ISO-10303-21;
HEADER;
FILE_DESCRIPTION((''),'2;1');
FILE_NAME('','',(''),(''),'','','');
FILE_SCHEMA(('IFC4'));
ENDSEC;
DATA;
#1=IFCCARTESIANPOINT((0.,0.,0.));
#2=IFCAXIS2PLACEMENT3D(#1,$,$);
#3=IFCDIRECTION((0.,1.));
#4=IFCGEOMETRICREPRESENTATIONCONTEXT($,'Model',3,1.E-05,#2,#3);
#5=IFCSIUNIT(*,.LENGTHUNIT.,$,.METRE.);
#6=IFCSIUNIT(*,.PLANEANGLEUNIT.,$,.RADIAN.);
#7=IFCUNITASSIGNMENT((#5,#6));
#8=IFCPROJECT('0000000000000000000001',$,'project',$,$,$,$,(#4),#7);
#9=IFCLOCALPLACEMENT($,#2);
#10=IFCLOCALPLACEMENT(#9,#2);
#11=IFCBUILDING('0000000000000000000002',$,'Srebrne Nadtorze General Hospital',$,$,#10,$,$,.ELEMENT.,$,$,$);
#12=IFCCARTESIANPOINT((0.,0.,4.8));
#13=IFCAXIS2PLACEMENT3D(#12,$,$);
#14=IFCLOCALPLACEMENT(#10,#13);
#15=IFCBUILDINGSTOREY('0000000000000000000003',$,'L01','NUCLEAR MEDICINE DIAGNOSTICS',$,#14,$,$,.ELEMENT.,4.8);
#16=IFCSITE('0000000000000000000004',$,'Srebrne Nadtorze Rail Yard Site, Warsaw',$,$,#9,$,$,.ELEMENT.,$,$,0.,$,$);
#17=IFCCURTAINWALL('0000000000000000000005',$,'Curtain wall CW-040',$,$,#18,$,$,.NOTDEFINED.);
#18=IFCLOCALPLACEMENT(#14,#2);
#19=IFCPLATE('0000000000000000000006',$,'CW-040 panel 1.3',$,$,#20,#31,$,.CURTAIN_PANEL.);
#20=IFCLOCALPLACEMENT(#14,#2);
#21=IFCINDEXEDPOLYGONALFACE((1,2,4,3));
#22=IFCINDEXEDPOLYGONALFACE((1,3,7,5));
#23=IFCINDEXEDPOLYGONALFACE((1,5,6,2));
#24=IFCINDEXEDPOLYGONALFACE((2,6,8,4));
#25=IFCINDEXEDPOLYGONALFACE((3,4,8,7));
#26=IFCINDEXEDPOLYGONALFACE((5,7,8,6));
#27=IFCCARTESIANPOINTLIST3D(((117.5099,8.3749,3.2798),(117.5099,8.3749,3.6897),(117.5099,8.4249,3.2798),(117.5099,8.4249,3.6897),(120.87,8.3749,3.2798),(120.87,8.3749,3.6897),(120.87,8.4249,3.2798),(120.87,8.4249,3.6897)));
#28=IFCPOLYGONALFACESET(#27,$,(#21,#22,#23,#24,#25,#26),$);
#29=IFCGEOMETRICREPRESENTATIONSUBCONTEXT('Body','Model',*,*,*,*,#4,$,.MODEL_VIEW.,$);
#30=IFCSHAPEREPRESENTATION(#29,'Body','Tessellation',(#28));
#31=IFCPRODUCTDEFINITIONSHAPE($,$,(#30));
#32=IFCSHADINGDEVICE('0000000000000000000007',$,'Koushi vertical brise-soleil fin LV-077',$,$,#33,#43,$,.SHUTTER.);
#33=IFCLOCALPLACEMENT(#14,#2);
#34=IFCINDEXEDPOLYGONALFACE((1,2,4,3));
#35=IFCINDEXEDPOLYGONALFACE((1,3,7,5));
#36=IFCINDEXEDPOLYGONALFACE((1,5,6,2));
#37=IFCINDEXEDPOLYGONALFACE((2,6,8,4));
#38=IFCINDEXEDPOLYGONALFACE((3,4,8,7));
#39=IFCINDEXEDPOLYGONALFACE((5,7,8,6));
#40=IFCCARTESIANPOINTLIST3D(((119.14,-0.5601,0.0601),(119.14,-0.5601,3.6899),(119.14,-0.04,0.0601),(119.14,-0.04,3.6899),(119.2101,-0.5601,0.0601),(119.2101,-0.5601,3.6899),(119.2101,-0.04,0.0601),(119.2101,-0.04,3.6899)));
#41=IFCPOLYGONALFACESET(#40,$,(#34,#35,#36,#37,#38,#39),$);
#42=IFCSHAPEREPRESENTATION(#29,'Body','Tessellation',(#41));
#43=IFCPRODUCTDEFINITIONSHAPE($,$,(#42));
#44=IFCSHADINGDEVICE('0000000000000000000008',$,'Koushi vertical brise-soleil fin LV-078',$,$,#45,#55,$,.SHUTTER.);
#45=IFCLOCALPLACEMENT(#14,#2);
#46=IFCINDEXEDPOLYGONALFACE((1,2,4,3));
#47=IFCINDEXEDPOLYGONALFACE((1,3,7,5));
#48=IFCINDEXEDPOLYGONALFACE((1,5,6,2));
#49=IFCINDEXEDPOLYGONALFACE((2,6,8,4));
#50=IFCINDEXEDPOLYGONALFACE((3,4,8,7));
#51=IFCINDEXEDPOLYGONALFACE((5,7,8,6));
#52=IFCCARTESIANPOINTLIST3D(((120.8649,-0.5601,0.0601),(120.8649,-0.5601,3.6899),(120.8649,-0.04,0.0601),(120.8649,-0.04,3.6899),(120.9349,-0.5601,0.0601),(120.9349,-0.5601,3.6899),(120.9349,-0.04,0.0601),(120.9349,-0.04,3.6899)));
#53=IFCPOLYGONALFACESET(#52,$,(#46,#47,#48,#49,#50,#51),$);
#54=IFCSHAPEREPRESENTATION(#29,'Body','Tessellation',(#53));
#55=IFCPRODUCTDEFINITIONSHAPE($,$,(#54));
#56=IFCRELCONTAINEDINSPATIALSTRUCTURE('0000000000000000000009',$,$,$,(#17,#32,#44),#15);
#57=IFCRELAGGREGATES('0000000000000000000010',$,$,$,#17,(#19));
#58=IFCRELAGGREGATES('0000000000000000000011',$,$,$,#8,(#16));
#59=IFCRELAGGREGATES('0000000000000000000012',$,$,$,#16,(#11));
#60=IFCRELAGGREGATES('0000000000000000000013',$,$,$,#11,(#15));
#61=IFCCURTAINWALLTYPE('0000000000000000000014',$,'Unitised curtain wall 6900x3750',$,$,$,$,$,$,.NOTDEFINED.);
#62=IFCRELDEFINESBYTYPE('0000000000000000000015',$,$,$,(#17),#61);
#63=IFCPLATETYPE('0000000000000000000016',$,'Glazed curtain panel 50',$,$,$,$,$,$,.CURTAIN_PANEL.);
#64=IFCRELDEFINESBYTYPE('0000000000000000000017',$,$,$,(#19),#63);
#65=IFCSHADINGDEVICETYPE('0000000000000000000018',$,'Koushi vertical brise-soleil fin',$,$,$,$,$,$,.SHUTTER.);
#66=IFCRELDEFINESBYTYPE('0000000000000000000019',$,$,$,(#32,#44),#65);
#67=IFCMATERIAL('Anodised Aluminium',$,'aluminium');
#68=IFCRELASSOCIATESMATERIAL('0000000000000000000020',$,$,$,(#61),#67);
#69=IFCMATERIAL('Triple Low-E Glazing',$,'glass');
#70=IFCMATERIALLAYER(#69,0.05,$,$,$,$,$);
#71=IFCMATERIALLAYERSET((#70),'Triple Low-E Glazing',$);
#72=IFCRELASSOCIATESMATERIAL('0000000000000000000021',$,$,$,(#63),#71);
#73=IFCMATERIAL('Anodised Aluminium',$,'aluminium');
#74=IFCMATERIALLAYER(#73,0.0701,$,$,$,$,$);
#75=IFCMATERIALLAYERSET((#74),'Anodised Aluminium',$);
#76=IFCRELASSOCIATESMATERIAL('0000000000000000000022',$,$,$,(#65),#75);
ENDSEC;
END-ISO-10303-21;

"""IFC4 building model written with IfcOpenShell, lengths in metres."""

from ifc_helpers import new_model, si_unit, direction, frame, origin, origin_2d, place, context, subcontext, project, spatial, rectangle, extrude, material, layer, layer_set, type_object, element, aggregate, save


model = new_model("IFC4")

# Units and contexts
model_context = context("Model", 3, precision=1e-05, world=origin(), true_north=direction((0.0, 1.0)))
body_context = subcontext(model_context, "Body", "Model", "MODEL_VIEW")
ifc_project = project(units=[si_unit("LENGTHUNIT", "METRE"), si_unit("PLANEANGLEUNIT", "RADIAN")], contexts=[model_context])

# Site, building, storey
site_placement = place(None, origin())
site = spatial("IfcSite", under=ifc_project, at=site_placement, Name="Srebrne Nadtorze Rail Yard Site, Warsaw", CompositionType="ELEMENT", RefElevation=0.0)
building_placement = place(site_placement, origin())
building = spatial("IfcBuilding", under=site, at=building_placement, Name="Srebrne Nadtorze General Hospital", CompositionType="ELEMENT")
storey_placement = place(building_placement, frame((0.0, 0.0, 4.8)))
storey = spatial("IfcBuildingStorey", under=building, at=storey_placement, Name="L01", Description="NUCLEAR MEDICINE DIAGNOSTICS", CompositionType="ELEMENT", Elevation=4.8)

# Curtain wall
ifc_material_1 = material(Name="Anodised Aluminium", Category="aluminium")
curtain_wall_type = type_object("IfcCurtainWallType", Name="Unitised curtain wall 6900x3750", PredefinedType="NOTDEFINED", material=ifc_material_1)
curtain_wall_1_placement = place(storey_placement, origin())
curtain_wall_1 = element("IfcCurtainWall", 1, at=curtain_wall_1_placement, inside=storey, type_object=curtain_wall_type, Name="Curtain wall CW-040", PredefinedType="NOTDEFINED")

# Plate
ifc_material_2 = material(Name="Triple Low-E Glazing", Category="glass")
ifc_layer_1 = layer(ifc_material_2, 0.05)
ifc_layer_set_1 = layer_set([ifc_layer_1], Name="Triple Low-E Glazing")
plate_type = type_object("IfcPlateType", Name="Glazed curtain panel 50", PredefinedType="CURTAIN_PANEL", material=ifc_layer_set_1)
plate_1_placement = place(storey_placement, frame((119.1899, 8.3999, 3.2798), z_axis=(0.0, 0.0, 1.0), x_axis=(1.0, 0.0, 0.0)))
plate_1 = element("IfcPlate", 2, at=plate_1_placement, type_object=plate_type, Name="CW-040 panel 1.3", PredefinedType="CURTAIN_PANEL", context=body_context, shape_type="SweptSolid", body=[
    extrude(rectangle(XDim=3.3601, YDim=0.05, at=origin_2d()), origin(), (0.0, 0.0, 1.0), 0.4099),
])
aggregate(curtain_wall_1, [plate_1])

# Shading devices
ifc_material_3 = material(Name="Anodised Aluminium", Category="aluminium")
ifc_layer_2 = layer(ifc_material_3, 0.0701)
ifc_layer_set_2 = layer_set([ifc_layer_2], Name="Anodised Aluminium")
shading_device_type = type_object("IfcShadingDeviceType", Name="Koushi vertical brise-soleil fin", PredefinedType="SHUTTER", material=ifc_layer_set_2)
for number, where, z_axis, x_axis, name in (
    (3, (119.175, -0.3, 0.0601), (0.0, 0.0, 1.0), (1.0, 0.0, 0.0), "Koushi vertical brise-soleil fin LV-077"),
    (4, (120.8999, -0.3, 0.0601), (0.0, 0.0, 1.0), (1.0, 0.0, 0.0), "Koushi vertical brise-soleil fin LV-078"),
):
    element("IfcShadingDevice", number, at=place(storey_placement, frame(where, z_axis=z_axis, x_axis=x_axis)), inside=storey, type_object=shading_device_type, Name=name, PredefinedType="SHUTTER", context=body_context, shape_type="SweptSolid", body=[
        extrude(rectangle(XDim=0.0701, YDim=0.52, at=origin_2d()), origin(), (0.0, 0.0, 1.0), 3.6299),
    ])

save(model, "model.ifc")
